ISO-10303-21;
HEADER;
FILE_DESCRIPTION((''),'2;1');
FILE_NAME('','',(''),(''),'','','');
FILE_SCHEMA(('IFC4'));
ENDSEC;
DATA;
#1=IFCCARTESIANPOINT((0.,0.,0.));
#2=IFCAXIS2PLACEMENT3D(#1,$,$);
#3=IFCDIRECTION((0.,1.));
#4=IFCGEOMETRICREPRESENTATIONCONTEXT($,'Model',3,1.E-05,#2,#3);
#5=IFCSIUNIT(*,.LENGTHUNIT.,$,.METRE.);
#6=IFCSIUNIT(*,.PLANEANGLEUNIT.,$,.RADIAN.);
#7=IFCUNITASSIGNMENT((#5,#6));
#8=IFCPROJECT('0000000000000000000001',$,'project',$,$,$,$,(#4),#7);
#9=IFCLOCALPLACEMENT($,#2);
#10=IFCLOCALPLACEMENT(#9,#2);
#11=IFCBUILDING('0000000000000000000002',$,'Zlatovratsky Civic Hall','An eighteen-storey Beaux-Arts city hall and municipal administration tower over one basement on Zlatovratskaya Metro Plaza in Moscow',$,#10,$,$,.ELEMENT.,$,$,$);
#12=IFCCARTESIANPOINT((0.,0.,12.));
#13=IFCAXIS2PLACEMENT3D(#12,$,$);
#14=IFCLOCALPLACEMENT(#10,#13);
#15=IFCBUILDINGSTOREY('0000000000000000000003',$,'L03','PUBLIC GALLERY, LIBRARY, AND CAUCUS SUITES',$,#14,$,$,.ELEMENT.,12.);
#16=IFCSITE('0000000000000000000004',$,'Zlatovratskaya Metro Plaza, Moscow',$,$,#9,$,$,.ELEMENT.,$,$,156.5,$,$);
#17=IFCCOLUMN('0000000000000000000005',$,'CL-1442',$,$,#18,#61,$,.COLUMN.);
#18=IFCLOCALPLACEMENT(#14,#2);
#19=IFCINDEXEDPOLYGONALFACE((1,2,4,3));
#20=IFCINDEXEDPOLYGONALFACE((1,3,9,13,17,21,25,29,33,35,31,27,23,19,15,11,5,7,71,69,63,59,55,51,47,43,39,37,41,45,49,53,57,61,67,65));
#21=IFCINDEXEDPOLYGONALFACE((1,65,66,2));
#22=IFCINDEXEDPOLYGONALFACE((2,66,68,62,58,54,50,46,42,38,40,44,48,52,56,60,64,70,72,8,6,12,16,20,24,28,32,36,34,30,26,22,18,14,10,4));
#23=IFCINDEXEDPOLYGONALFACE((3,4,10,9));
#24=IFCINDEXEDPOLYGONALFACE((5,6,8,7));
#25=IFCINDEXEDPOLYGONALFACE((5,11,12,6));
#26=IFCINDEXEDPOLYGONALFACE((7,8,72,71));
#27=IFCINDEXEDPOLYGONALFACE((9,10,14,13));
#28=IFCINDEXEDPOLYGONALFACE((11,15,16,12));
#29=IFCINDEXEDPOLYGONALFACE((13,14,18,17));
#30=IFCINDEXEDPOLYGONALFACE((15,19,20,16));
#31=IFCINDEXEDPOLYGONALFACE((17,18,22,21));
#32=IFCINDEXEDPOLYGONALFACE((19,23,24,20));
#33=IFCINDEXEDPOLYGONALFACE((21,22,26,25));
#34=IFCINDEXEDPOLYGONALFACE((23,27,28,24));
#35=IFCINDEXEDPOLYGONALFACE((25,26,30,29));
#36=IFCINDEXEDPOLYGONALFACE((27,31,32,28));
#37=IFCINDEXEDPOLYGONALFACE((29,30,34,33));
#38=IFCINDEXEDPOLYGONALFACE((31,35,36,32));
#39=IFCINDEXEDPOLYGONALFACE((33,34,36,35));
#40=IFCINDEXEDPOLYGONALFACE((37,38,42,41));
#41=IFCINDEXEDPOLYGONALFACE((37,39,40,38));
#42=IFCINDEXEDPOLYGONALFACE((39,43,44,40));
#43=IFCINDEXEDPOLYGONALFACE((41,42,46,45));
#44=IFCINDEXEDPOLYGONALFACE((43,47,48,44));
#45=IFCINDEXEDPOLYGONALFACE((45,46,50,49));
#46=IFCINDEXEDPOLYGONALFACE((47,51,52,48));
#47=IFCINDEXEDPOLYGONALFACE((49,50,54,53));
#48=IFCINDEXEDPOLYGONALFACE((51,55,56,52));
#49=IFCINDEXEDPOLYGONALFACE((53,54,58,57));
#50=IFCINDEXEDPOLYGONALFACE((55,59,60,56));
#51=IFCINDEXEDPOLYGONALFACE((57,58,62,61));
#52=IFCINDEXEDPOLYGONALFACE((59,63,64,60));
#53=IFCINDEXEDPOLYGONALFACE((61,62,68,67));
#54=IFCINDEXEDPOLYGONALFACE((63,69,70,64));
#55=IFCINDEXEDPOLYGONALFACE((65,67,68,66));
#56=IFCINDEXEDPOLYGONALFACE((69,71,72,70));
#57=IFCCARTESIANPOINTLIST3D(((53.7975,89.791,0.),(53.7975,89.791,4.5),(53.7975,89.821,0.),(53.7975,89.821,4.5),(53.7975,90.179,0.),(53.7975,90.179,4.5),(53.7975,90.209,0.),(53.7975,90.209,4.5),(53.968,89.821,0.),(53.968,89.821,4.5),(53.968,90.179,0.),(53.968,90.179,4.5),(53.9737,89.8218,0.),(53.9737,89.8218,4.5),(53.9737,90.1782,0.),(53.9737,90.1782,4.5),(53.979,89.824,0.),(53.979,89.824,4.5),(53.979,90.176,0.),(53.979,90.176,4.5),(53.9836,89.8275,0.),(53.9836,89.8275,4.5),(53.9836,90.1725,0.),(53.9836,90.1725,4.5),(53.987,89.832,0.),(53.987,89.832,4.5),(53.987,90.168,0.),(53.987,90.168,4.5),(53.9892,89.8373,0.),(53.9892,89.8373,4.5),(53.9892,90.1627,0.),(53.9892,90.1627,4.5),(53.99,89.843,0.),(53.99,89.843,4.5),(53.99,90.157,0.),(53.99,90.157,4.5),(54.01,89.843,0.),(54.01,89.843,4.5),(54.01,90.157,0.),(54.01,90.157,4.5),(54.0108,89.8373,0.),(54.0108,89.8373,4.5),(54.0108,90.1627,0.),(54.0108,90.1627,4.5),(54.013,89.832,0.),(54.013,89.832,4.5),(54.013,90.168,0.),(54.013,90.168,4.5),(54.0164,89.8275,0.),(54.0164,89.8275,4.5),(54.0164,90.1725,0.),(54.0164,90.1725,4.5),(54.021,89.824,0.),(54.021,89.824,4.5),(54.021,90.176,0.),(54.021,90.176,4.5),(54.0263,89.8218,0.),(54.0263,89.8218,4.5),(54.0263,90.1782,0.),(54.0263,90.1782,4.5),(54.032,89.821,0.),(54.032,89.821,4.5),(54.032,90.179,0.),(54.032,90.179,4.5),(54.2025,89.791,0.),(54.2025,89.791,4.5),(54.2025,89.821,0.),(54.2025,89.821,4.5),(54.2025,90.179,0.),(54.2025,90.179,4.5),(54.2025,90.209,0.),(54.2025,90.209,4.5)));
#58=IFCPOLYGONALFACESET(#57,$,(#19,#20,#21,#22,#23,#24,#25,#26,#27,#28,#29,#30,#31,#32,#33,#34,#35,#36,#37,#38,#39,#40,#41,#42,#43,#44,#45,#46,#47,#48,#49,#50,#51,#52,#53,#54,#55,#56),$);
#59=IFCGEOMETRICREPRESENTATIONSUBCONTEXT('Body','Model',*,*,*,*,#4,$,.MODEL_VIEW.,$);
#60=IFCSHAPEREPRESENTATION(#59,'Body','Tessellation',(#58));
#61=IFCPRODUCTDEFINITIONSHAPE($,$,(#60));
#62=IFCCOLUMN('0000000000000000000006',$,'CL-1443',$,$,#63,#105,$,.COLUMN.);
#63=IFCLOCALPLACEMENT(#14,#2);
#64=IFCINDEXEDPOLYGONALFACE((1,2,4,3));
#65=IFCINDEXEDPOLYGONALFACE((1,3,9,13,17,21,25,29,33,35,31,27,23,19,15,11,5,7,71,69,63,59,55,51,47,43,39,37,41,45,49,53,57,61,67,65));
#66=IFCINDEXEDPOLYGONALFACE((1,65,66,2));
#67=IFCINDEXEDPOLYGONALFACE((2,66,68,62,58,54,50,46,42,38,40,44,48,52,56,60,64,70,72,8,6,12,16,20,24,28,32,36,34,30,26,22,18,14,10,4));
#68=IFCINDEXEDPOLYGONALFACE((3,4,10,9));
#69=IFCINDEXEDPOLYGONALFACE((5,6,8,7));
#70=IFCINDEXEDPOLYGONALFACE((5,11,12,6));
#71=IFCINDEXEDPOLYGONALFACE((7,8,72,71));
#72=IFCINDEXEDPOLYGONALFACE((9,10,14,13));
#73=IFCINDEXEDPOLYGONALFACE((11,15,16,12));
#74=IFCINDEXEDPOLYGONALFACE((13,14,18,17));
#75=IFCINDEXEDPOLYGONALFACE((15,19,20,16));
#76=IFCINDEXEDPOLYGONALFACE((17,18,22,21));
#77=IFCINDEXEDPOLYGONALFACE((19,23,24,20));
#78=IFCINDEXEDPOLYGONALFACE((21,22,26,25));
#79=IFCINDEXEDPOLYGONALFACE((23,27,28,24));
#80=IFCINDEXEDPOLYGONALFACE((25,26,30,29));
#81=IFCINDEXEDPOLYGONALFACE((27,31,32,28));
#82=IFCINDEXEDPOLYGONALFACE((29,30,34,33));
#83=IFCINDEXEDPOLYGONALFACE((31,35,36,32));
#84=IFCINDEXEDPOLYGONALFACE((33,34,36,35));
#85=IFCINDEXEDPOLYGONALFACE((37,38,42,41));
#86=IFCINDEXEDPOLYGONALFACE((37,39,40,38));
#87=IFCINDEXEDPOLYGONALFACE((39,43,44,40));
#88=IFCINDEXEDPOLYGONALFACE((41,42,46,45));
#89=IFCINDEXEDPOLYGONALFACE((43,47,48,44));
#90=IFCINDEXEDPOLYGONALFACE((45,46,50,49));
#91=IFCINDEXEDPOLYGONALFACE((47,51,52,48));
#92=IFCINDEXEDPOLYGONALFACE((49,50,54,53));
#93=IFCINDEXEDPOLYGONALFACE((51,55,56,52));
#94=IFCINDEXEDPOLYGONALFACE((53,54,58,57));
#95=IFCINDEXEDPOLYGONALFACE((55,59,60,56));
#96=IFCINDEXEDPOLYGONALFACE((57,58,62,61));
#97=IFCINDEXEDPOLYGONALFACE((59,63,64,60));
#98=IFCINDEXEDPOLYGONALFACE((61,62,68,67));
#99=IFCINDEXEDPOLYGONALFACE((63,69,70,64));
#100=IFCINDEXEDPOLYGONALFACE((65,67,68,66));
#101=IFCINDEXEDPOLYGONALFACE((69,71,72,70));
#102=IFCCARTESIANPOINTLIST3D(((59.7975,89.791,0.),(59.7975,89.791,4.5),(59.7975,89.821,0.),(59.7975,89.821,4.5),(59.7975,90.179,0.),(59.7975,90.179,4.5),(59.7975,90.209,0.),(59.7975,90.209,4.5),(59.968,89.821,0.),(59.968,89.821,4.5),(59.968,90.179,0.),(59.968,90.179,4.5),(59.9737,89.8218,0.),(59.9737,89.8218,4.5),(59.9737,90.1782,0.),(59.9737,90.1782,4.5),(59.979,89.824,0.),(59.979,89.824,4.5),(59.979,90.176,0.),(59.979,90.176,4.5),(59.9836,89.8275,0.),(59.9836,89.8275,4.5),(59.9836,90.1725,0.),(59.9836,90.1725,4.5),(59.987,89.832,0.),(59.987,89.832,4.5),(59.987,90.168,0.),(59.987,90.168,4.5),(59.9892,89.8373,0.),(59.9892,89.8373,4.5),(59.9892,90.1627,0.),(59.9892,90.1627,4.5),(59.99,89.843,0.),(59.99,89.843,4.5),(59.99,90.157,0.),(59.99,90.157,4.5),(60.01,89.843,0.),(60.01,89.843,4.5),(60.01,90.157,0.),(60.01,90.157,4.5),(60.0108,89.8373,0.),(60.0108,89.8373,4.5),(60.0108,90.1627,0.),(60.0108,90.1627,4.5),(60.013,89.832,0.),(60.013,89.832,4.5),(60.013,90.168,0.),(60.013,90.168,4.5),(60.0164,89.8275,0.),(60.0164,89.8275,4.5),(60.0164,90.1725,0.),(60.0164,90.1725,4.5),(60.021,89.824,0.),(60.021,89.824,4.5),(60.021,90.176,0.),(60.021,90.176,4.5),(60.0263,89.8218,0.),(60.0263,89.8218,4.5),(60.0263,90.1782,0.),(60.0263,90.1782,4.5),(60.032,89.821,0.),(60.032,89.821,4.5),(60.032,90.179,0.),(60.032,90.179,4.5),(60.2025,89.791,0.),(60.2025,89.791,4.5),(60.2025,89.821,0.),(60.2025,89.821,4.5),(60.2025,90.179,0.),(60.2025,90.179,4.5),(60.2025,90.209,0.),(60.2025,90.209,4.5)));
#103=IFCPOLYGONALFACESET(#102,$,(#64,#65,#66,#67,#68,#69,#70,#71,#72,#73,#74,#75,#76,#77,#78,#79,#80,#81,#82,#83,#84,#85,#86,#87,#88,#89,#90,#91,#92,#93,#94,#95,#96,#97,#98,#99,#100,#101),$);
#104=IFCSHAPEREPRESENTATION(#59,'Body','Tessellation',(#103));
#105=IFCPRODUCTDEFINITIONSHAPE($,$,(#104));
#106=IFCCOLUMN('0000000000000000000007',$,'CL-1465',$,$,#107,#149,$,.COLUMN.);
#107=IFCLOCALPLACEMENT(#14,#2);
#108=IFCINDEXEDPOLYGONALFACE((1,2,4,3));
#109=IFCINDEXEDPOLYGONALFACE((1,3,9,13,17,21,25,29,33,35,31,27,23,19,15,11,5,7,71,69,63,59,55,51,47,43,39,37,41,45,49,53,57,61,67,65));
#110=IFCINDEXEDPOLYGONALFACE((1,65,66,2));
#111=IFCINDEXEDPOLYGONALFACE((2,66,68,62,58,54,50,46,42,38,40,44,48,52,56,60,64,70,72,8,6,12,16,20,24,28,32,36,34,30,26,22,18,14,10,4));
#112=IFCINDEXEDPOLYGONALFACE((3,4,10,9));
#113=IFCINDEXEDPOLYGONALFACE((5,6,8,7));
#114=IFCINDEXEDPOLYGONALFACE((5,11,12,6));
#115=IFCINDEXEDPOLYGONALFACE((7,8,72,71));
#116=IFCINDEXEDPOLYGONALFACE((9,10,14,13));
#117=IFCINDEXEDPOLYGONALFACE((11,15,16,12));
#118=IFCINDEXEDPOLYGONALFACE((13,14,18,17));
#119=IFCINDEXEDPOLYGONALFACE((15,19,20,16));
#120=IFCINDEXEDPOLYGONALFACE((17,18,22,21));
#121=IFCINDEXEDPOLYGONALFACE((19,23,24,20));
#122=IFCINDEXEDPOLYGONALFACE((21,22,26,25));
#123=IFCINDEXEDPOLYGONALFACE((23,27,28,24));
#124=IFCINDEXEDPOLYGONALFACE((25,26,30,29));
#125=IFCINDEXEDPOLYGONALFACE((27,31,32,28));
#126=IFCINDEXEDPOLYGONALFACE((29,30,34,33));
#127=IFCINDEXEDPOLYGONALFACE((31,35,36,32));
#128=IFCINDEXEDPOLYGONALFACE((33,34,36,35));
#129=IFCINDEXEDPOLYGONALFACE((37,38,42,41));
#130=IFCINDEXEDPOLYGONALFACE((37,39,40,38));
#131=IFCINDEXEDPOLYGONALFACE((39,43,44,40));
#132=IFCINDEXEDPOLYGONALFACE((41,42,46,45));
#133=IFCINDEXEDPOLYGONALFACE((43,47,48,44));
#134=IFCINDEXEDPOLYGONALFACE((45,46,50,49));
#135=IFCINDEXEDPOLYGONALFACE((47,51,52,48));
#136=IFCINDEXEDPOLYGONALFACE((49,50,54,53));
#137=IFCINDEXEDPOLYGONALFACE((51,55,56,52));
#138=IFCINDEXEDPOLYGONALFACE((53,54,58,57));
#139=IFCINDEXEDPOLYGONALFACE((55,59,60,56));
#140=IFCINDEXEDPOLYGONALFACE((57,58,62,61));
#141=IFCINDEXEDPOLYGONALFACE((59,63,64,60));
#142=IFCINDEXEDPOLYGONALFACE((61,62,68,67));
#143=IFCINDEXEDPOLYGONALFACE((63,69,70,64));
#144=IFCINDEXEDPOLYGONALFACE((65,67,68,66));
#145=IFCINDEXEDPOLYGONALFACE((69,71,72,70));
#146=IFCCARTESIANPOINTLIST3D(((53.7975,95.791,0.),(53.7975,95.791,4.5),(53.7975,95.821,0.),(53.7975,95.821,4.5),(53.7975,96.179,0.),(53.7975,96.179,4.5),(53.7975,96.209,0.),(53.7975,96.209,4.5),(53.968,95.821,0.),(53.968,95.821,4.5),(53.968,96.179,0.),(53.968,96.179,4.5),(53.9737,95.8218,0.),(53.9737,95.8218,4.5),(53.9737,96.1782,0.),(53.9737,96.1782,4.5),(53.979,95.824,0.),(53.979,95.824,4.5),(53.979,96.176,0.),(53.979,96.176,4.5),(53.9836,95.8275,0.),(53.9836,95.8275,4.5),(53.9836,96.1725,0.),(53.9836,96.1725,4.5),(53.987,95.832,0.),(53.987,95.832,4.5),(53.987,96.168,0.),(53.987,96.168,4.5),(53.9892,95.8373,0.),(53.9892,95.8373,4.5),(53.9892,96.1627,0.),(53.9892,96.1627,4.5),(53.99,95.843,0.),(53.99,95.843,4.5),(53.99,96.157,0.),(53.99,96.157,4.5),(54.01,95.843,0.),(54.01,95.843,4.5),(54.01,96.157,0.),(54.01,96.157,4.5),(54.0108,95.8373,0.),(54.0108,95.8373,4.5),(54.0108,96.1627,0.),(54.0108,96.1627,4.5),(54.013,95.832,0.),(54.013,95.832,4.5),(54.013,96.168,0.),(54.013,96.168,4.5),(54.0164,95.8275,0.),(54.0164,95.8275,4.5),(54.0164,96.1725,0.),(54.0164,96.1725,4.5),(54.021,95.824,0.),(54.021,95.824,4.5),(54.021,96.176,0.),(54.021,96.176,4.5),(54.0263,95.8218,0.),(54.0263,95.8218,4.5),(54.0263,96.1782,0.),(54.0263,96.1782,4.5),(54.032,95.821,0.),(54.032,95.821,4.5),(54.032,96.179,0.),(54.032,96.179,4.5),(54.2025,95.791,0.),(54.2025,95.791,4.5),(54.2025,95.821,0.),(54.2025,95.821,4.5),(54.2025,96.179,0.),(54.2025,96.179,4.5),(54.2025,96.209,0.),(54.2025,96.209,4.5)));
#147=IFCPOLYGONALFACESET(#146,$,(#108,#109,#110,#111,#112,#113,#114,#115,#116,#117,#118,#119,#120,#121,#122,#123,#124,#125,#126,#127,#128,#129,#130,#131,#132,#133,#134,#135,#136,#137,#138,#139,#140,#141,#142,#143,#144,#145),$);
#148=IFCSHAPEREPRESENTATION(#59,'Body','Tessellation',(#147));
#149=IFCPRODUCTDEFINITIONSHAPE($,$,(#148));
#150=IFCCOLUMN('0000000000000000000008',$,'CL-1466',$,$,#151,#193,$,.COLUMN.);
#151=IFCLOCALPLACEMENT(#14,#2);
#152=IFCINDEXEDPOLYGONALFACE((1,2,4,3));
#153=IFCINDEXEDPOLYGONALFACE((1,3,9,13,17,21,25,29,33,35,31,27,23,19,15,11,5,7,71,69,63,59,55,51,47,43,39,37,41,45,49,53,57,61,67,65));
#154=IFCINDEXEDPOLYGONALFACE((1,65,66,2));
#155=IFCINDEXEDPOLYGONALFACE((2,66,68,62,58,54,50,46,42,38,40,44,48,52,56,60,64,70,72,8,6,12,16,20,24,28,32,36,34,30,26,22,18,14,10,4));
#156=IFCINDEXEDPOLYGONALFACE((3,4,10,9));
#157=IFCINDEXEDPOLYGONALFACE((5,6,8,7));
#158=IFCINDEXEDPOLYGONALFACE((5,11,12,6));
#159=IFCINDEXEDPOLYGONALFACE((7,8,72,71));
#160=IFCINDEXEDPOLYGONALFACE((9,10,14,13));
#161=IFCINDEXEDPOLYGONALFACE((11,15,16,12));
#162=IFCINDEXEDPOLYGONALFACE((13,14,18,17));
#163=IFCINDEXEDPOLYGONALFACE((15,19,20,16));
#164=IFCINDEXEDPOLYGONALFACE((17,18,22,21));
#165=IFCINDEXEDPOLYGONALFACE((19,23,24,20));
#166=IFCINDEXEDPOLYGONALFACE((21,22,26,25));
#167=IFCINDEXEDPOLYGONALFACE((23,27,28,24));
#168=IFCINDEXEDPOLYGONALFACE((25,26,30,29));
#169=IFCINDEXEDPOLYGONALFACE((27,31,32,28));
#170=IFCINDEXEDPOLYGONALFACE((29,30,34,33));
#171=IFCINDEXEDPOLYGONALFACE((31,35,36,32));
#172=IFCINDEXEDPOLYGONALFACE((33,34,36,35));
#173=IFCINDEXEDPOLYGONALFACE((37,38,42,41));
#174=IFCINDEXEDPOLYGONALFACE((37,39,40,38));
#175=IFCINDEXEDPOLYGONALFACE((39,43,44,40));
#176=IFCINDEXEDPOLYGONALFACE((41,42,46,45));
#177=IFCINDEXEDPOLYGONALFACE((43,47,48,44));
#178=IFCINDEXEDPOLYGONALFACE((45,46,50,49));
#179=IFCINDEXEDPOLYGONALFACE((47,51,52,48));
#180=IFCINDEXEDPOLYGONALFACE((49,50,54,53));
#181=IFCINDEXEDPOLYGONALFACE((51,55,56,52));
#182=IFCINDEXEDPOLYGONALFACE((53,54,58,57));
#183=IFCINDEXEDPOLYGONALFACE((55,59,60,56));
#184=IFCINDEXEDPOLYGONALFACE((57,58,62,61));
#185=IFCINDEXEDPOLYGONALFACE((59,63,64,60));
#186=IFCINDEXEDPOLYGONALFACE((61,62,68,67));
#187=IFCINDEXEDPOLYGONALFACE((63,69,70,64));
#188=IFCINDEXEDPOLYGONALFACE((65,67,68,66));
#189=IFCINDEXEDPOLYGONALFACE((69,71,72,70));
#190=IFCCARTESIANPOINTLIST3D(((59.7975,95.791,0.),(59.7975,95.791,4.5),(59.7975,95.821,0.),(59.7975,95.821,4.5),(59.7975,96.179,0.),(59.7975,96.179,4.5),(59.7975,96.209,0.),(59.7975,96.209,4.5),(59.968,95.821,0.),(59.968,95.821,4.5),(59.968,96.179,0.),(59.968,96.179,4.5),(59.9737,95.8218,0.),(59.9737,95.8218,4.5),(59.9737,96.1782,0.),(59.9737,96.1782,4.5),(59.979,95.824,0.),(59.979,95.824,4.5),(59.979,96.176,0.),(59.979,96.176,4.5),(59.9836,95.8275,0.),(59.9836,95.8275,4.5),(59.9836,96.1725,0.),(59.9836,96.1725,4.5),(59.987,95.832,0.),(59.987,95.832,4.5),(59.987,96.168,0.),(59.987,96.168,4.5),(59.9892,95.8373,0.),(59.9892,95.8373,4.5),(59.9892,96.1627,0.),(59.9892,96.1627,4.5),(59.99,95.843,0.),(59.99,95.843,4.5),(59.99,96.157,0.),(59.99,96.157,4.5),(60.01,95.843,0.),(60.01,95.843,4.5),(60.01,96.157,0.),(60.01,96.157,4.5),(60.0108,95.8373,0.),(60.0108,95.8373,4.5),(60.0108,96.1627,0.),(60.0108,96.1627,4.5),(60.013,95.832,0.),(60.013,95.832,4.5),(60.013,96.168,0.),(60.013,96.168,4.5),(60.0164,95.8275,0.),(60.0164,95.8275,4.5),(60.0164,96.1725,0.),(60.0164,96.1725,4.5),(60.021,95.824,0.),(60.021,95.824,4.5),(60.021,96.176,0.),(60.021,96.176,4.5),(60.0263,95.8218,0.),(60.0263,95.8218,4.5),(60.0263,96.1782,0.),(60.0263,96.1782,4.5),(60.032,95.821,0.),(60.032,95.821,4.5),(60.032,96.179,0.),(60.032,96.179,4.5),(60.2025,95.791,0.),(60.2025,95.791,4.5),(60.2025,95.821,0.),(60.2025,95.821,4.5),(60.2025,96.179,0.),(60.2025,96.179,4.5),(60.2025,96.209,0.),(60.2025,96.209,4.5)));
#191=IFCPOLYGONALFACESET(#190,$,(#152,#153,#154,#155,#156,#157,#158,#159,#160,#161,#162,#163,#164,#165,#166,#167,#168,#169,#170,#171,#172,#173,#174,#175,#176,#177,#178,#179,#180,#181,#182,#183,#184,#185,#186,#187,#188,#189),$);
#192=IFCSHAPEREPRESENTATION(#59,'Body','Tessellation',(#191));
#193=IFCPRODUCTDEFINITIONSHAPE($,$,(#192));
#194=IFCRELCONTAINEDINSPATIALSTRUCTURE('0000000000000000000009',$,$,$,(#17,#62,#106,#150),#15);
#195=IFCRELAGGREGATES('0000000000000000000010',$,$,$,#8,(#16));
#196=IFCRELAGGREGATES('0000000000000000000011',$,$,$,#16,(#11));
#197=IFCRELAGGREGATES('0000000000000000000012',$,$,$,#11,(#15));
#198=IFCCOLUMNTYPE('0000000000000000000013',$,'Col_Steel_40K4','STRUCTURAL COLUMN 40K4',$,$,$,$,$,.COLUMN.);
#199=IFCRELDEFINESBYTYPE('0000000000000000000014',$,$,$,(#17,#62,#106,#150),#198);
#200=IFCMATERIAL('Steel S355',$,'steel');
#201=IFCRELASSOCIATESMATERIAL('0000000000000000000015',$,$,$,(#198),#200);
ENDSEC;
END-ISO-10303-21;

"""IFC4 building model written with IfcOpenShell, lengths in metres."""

from ifc_helpers import new_model, si_unit, direction, frame, origin, origin_2d, place, context, subcontext, project, spatial, i_section, extrude, material, material_profile, profile_set, type_object, element, save


model = new_model("IFC4")

# Units and contexts
model_context = context("Model", 3, precision=1e-05, world=origin(), true_north=direction((0.0, 1.0)))
body_context = subcontext(model_context, "Body", "Model", "MODEL_VIEW")
ifc_project = project(units=[si_unit("LENGTHUNIT", "METRE"), si_unit("PLANEANGLEUNIT", "RADIAN")], contexts=[model_context])

# Site, building, storey
site_placement = place(None, origin())
site = spatial("IfcSite", under=ifc_project, at=site_placement, Name="Zlatovratskaya Metro Plaza, Moscow", CompositionType="ELEMENT", RefElevation=156.5)
building_placement = place(site_placement, origin())
building = spatial("IfcBuilding", under=site, at=building_placement, Name="Zlatovratsky Civic Hall", Description="An eighteen-storey Beaux-Arts city hall and municipal administration tower over one basement on Zlatovratskaya Metro Plaza in Moscow", CompositionType="ELEMENT")
storey_placement = place(building_placement, frame((0.0, 0.0, 12.0)))
storey = spatial("IfcBuildingStorey", under=building, at=storey_placement, Name="L03", Description="PUBLIC GALLERY, LIBRARY, AND CAUCUS SUITES", CompositionType="ELEMENT", Elevation=12.0)

# Columns
ifc_material_1 = material(Name="Steel S355", Category="steel")
ifc_material_profile_1 = material_profile(ifc_material_1, i_section(OverallWidth=0.405, OverallDepth=0.418, WebThickness=0.02, FlangeThickness=0.03, FilletRadius=0.022, at=origin_2d()), Name="40K4")
ifc_profile_set_1 = profile_set([ifc_material_profile_1], Name="Steel S355")
column_type_1 = type_object("IfcColumnType", Name="Col_Steel_40K4", Description="STRUCTURAL COLUMN 40K4", PredefinedType="COLUMN", material=ifc_profile_set_1)
for number, where, z_axis, x_axis, name in (
    (1, (54.0, 90.0, 0.0), (0.0, 0.0, 1.0), (1.0, 0.0, 0.0), "CL-1442"),
    (2, (60.0, 90.0, 0.0), (0.0, 0.0, 1.0), (1.0, 0.0, 0.0), "CL-1443"),
    (3, (54.0, 96.0, 0.0), (0.0, 0.0, 1.0), (1.0, 0.0, 0.0), "CL-1465"),
    (4, (60.0, 96.0, 0.0), (0.0, 0.0, 1.0), (1.0, 0.0, 0.0), "CL-1466"),
):
    element("IfcColumn", number, at=place(storey_placement, frame(where, z_axis=z_axis, x_axis=x_axis)), inside=storey, type_object=column_type_1, Name=name, PredefinedType="COLUMN", context=body_context, shape_type="SweptSolid", body=[
        extrude(i_section(OverallWidth=0.405, OverallDepth=0.418, WebThickness=0.02, FlangeThickness=0.03, FilletRadius=0.022, at=origin_2d()), origin(), (0.0, 0.0, 1.0), 4.5),
    ])

save(model, "model.ifc")
